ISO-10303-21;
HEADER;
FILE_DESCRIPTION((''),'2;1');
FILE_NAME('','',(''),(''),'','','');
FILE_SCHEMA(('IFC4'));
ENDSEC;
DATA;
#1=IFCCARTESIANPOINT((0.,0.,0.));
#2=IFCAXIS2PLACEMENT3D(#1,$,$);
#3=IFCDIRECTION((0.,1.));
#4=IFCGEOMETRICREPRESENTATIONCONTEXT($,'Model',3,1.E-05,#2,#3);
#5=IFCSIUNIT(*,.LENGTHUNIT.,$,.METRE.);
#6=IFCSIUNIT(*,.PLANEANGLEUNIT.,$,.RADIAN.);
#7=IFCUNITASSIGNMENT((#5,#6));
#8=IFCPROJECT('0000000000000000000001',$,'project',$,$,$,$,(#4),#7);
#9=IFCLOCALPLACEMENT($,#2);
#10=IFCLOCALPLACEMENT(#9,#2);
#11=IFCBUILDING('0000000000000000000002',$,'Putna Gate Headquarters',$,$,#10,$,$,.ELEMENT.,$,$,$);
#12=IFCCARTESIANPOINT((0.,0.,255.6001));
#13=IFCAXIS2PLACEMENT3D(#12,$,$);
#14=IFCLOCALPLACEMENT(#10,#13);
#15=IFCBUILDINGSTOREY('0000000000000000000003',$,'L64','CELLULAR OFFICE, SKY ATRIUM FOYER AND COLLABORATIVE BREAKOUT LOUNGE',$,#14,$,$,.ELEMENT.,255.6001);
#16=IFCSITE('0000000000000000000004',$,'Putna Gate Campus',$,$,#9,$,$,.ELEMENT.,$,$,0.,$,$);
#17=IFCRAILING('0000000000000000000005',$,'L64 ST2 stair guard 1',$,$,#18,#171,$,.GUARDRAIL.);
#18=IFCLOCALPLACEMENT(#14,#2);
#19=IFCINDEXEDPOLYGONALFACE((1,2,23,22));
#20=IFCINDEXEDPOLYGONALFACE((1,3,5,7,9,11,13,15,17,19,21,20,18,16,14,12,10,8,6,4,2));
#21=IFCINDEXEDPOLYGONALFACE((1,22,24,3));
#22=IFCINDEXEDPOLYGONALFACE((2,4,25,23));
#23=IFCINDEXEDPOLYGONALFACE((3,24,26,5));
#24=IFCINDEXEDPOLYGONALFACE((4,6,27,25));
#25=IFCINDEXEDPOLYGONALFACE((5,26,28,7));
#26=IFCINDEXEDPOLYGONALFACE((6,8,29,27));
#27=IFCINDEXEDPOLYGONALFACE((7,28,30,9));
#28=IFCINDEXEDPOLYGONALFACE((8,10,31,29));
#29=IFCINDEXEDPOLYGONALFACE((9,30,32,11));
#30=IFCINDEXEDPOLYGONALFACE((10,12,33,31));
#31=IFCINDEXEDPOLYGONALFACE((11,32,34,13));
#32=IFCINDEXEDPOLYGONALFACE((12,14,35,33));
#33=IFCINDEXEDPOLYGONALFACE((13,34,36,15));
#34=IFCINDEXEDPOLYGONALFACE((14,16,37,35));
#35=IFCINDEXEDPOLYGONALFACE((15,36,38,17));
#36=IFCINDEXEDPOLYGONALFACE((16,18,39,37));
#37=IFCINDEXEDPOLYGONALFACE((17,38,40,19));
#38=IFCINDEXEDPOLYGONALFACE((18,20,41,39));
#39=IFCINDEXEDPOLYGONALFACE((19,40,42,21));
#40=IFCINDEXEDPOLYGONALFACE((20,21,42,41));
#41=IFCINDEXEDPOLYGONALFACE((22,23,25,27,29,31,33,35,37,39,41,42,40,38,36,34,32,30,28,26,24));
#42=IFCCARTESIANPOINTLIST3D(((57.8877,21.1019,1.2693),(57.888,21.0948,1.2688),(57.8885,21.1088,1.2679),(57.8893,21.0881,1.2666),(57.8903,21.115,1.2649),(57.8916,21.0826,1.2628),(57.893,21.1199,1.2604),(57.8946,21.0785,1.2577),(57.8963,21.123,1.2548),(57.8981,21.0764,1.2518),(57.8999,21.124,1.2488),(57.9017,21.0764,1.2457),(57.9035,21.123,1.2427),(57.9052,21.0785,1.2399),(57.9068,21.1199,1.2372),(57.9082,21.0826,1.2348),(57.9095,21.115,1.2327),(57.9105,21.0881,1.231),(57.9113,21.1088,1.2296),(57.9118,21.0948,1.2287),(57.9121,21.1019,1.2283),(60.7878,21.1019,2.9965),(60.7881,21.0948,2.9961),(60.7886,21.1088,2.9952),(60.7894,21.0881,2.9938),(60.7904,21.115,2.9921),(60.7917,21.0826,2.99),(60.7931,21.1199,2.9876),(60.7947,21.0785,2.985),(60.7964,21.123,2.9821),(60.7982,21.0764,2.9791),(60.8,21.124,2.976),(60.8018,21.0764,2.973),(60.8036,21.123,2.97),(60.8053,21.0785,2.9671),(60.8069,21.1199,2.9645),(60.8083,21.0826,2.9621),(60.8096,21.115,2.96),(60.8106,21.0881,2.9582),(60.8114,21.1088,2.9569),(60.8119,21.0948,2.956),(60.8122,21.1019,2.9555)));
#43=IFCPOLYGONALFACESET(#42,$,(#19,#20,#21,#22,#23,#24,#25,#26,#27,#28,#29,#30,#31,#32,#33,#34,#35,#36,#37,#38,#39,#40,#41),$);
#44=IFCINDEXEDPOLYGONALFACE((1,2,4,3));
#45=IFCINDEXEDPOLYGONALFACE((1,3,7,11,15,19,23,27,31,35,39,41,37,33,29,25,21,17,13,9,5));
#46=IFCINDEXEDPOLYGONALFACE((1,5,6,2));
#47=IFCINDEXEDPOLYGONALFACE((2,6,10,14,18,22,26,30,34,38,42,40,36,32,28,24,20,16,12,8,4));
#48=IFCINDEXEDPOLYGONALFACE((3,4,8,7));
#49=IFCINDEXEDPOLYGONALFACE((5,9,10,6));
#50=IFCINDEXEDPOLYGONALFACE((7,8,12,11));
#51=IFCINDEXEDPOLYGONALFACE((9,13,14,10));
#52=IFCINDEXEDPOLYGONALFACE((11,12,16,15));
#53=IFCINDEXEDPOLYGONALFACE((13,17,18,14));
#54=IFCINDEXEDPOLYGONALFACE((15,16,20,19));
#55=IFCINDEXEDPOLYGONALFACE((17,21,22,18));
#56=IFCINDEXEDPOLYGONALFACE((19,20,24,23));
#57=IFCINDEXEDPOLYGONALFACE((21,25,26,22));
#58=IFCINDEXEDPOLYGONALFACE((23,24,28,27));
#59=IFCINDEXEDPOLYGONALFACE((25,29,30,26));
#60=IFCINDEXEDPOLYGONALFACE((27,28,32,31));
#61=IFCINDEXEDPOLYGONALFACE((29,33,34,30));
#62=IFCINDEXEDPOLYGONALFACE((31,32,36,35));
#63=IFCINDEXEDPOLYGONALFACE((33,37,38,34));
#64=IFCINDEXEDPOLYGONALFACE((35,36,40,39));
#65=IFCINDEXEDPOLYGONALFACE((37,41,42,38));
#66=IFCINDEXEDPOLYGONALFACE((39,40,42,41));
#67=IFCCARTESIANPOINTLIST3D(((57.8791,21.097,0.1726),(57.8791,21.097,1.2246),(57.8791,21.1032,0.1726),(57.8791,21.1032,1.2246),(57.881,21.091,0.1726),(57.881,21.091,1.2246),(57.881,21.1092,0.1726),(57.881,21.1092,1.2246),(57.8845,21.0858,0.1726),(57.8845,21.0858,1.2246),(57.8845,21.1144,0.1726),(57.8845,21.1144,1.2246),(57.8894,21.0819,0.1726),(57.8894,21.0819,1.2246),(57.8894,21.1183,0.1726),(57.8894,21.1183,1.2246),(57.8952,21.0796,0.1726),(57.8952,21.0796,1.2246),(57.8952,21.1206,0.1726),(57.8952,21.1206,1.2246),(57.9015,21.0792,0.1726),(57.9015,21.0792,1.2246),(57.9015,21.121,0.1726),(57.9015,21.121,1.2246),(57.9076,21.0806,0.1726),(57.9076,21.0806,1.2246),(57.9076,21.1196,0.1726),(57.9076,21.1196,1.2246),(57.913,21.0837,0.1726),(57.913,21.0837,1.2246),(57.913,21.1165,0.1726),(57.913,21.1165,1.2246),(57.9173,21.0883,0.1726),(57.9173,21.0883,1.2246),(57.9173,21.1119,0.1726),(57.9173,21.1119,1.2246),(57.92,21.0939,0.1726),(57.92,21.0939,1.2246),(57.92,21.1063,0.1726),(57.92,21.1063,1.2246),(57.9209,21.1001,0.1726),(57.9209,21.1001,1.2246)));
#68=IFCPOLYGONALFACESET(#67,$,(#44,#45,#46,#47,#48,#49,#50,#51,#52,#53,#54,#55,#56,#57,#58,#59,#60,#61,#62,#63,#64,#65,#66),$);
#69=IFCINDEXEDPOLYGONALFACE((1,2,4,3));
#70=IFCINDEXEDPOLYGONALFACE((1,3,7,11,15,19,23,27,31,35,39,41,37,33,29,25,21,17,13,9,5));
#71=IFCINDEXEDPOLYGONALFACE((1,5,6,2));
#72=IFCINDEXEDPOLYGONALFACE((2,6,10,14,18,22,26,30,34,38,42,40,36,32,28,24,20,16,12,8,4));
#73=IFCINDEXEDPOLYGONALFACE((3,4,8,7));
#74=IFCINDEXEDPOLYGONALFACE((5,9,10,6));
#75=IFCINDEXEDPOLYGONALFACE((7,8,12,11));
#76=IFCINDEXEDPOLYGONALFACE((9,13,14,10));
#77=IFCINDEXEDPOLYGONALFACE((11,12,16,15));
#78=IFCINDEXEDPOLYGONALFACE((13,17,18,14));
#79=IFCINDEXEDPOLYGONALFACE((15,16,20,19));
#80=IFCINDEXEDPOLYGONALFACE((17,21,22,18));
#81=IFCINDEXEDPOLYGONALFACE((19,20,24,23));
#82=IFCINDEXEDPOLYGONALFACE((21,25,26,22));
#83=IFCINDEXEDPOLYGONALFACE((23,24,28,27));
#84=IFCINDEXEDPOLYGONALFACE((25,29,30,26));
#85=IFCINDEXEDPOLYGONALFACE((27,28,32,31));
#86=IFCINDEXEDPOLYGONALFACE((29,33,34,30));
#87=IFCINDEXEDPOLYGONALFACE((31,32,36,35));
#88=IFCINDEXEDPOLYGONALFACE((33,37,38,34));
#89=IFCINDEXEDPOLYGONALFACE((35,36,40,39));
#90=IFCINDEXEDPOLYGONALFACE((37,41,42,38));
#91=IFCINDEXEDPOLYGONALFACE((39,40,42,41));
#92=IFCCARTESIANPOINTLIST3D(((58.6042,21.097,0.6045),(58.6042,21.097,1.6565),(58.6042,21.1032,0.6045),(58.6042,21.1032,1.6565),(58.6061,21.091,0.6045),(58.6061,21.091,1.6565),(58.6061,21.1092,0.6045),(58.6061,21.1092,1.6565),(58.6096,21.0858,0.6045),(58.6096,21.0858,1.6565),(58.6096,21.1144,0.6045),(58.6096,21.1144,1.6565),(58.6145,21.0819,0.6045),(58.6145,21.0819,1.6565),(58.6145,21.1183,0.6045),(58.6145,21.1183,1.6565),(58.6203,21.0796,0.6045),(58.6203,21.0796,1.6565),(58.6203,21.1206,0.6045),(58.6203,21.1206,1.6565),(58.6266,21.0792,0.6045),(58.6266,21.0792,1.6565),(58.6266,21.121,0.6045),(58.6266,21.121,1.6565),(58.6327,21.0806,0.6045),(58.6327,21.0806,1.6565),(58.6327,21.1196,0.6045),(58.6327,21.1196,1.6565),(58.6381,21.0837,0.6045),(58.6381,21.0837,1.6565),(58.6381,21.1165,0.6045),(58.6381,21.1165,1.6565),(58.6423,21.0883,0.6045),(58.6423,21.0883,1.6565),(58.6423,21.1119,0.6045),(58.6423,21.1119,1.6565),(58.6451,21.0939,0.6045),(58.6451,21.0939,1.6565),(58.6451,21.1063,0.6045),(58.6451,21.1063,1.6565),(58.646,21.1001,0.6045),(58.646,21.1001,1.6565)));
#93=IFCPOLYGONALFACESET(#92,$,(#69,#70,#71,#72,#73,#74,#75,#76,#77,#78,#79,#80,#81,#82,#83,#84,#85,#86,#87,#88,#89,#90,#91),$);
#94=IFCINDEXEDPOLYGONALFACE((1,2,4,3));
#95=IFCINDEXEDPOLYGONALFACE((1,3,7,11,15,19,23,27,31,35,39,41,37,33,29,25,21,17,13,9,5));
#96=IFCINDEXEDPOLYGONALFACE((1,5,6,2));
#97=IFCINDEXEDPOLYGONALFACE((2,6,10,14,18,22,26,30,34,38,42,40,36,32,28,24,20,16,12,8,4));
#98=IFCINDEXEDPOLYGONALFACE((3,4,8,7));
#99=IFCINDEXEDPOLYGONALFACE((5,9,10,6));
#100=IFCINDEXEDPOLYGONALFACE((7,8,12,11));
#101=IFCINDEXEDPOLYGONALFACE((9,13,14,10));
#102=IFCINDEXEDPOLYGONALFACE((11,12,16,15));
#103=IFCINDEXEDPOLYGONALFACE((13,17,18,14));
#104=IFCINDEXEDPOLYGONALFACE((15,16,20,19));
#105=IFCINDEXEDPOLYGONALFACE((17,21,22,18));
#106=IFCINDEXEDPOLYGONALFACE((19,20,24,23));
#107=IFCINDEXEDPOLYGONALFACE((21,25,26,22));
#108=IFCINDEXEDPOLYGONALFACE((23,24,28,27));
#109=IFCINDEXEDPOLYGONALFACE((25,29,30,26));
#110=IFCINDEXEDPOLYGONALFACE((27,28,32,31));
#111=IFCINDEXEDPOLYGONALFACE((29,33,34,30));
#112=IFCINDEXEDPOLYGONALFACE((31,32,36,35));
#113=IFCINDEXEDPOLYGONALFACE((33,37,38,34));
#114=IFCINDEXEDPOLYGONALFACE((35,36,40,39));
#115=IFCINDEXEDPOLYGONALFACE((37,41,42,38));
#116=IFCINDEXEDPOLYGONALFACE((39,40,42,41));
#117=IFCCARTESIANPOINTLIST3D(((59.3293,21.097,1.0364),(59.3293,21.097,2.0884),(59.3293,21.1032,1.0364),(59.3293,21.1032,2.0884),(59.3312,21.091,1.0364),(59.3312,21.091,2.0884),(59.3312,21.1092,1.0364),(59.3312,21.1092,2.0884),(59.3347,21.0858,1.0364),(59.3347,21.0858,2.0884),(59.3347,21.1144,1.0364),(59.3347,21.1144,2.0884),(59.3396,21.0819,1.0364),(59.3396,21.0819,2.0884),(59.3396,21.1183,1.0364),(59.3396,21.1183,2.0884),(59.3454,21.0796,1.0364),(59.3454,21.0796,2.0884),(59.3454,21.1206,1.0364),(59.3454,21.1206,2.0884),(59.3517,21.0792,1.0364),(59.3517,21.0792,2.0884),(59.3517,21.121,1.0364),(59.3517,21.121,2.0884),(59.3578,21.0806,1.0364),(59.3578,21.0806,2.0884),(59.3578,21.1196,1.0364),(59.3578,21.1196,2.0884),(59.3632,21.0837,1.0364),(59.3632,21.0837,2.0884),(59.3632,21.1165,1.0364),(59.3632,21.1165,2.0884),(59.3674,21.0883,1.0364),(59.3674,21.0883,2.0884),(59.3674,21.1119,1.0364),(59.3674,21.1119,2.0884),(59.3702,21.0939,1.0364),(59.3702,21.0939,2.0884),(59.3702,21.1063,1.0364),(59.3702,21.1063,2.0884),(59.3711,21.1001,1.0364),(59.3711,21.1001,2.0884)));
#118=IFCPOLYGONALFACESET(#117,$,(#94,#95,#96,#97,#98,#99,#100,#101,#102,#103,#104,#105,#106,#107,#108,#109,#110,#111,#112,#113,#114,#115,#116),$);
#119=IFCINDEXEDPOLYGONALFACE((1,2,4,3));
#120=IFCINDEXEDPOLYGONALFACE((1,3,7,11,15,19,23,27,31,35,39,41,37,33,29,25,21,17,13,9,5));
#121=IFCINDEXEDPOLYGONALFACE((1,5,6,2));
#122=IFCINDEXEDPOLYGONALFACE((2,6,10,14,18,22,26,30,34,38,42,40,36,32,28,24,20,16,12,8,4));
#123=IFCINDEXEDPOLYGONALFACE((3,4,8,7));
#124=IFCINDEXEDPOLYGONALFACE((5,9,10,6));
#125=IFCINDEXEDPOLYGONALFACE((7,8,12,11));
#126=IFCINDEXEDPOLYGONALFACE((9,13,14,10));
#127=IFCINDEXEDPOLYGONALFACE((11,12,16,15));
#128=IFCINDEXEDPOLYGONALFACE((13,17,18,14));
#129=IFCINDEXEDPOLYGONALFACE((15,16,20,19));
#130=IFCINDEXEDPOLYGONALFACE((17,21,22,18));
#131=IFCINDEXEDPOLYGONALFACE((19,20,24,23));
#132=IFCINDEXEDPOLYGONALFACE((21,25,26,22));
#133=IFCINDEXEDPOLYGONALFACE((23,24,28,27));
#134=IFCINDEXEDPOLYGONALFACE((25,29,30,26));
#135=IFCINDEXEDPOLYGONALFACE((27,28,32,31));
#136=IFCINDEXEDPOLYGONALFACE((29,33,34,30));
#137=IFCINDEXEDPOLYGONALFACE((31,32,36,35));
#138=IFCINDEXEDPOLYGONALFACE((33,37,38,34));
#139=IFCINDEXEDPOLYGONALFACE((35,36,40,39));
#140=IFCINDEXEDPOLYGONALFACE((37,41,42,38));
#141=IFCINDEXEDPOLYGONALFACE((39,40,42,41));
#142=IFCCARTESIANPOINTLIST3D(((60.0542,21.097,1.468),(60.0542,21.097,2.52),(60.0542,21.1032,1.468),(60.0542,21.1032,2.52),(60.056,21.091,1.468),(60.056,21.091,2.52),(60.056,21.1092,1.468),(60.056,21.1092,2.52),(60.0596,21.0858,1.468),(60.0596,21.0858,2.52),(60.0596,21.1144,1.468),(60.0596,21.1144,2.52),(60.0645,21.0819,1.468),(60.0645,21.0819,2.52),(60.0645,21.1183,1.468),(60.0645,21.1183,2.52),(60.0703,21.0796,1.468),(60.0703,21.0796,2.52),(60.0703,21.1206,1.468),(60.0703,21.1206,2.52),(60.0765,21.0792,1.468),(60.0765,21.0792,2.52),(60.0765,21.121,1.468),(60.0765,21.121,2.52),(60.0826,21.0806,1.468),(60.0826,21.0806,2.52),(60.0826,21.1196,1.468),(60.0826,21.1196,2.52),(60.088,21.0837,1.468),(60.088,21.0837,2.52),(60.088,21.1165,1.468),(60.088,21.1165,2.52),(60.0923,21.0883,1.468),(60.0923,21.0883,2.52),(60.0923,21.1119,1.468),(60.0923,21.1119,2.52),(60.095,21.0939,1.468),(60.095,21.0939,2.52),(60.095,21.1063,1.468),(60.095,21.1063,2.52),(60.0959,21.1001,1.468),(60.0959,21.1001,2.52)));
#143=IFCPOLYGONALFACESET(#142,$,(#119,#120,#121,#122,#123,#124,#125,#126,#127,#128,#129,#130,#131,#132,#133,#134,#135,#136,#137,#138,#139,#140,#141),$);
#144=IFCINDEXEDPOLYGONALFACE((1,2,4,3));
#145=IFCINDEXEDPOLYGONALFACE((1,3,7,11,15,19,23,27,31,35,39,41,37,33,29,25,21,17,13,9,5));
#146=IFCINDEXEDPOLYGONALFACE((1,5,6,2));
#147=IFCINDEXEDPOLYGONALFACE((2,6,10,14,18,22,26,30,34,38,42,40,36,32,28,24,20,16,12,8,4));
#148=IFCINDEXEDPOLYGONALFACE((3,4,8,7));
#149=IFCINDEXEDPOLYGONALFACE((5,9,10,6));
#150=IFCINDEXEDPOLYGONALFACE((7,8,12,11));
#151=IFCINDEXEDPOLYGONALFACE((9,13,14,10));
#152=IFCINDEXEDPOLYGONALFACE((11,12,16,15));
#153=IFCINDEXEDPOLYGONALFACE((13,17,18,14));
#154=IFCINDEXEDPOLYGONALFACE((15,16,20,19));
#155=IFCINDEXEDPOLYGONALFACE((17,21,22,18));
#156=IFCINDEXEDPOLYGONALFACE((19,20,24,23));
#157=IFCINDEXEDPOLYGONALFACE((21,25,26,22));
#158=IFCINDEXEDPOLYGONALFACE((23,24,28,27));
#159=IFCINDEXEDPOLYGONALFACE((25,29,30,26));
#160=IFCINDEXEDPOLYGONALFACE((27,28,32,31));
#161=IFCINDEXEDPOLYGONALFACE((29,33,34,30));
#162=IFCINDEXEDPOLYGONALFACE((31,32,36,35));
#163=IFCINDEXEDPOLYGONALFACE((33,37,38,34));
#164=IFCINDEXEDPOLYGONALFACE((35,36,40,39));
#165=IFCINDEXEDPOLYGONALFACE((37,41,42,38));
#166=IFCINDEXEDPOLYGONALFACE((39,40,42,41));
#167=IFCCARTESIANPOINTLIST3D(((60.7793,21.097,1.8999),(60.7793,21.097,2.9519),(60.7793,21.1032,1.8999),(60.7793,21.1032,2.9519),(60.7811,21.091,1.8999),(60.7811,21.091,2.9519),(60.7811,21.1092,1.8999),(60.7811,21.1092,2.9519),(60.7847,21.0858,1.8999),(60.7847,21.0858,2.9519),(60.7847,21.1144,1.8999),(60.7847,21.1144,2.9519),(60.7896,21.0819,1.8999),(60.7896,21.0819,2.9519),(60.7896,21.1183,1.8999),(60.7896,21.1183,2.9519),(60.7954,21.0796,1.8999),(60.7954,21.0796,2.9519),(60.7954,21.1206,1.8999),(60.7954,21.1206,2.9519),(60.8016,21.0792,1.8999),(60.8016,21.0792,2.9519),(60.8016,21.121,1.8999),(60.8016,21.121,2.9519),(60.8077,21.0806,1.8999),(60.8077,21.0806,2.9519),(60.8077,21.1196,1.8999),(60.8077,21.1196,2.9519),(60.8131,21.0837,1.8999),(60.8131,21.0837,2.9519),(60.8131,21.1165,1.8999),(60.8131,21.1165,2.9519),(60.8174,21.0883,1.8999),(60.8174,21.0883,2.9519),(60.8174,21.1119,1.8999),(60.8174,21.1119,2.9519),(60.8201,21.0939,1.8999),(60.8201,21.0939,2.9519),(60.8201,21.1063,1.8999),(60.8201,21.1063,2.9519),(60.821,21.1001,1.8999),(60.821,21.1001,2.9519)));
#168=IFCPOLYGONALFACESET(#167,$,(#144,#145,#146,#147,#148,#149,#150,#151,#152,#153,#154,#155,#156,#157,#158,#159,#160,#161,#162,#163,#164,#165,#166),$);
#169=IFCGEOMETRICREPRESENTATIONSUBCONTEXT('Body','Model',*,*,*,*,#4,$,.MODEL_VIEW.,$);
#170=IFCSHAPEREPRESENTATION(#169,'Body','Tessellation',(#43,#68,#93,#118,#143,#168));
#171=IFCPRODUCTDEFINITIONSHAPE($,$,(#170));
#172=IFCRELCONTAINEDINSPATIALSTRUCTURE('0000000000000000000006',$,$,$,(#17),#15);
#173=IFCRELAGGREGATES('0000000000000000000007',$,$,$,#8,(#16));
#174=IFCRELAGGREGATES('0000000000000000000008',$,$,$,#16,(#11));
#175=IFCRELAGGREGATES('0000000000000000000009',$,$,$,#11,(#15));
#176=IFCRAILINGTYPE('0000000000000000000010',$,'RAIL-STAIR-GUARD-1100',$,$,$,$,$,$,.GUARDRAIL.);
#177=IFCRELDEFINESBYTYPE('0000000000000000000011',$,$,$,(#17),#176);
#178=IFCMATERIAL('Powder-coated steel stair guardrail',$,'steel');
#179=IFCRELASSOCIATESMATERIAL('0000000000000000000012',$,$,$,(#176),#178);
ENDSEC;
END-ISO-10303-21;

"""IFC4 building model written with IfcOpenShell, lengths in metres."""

from ifc_helpers import new_model, si_unit, direction, frame, origin, origin_2d, place, context, subcontext, project, spatial, circle, extrude, material, type_object, element, save


model = new_model("IFC4")

# Units and contexts
model_context = context("Model", 3, precision=1e-05, world=origin(), true_north=direction((0.0, 1.0)))
body_context = subcontext(model_context, "Body", "Model", "MODEL_VIEW")
ifc_project = project(units=[si_unit("LENGTHUNIT", "METRE"), si_unit("PLANEANGLEUNIT", "RADIAN")], contexts=[model_context])

# Site, building, storey
site_placement = place(None, origin())
site = spatial("IfcSite", under=ifc_project, at=site_placement, Name="Putna Gate Campus", CompositionType="ELEMENT", RefElevation=0.0)
building_placement = place(site_placement, origin())
building = spatial("IfcBuilding", under=site, at=building_placement, Name="Putna Gate Headquarters", CompositionType="ELEMENT")
storey_placement = place(building_placement, frame((0.0, 0.0, 255.6001)))
storey = spatial("IfcBuildingStorey", under=building, at=storey_placement, Name="L64", Description="CELLULAR OFFICE, SKY ATRIUM FOYER AND COLLABORATIVE BREAKOUT LOUNGE", CompositionType="ELEMENT", Elevation=255.6001)

# Railing
ifc_material_1 = material(Name="Powder-coated steel stair guardrail", Category="steel")
railing_type_1 = type_object("IfcRailingType", Name="RAIL-STAIR-GUARD-1100", PredefinedType="GUARDRAIL", material=ifc_material_1)
railing_1_placement = place(storey_placement, frame((57.8999, 21.1001, 0.1726)))
element("IfcRailing", 1, at=railing_1_placement, inside=storey, type_object=railing_type_1, Name="L64 ST2 stair guard 1", PredefinedType="GUARDRAIL", context=body_context, shape_type="SweptSolid", body=[
    extrude(circle(Radius=0.0239, at=origin_2d()), frame((0.0, 0.0, 1.0762), z_axis=(0.85916, 0.0, 0.511706), x_axis=(0.0, 1.0, 0.0)), (0.0, 0.0, 1.0), 3.3755),
    extrude(circle(Radius=0.021, at=origin_2d()), origin(), (0.0, 0.0, 1.0), 1.052),
    extrude(circle(Radius=0.021, at=origin_2d()), frame((0.7251, 0.0, 0.4319)), (0.0, 0.0, 1.0), 1.052),
    extrude(circle(Radius=0.021, at=origin_2d()), frame((1.4502, 0.0, 0.8638)), (0.0, 0.0, 1.0), 1.052),
    extrude(circle(Radius=0.021, at=origin_2d()), frame((2.175, 0.0, 1.2954)), (0.0, 0.0, 1.0), 1.052),
    extrude(circle(Radius=0.021, at=origin_2d()), frame((2.9001, 0.0, 1.7273)), (0.0, 0.0, 1.0), 1.052),
])

save(model, "model.ifc")
